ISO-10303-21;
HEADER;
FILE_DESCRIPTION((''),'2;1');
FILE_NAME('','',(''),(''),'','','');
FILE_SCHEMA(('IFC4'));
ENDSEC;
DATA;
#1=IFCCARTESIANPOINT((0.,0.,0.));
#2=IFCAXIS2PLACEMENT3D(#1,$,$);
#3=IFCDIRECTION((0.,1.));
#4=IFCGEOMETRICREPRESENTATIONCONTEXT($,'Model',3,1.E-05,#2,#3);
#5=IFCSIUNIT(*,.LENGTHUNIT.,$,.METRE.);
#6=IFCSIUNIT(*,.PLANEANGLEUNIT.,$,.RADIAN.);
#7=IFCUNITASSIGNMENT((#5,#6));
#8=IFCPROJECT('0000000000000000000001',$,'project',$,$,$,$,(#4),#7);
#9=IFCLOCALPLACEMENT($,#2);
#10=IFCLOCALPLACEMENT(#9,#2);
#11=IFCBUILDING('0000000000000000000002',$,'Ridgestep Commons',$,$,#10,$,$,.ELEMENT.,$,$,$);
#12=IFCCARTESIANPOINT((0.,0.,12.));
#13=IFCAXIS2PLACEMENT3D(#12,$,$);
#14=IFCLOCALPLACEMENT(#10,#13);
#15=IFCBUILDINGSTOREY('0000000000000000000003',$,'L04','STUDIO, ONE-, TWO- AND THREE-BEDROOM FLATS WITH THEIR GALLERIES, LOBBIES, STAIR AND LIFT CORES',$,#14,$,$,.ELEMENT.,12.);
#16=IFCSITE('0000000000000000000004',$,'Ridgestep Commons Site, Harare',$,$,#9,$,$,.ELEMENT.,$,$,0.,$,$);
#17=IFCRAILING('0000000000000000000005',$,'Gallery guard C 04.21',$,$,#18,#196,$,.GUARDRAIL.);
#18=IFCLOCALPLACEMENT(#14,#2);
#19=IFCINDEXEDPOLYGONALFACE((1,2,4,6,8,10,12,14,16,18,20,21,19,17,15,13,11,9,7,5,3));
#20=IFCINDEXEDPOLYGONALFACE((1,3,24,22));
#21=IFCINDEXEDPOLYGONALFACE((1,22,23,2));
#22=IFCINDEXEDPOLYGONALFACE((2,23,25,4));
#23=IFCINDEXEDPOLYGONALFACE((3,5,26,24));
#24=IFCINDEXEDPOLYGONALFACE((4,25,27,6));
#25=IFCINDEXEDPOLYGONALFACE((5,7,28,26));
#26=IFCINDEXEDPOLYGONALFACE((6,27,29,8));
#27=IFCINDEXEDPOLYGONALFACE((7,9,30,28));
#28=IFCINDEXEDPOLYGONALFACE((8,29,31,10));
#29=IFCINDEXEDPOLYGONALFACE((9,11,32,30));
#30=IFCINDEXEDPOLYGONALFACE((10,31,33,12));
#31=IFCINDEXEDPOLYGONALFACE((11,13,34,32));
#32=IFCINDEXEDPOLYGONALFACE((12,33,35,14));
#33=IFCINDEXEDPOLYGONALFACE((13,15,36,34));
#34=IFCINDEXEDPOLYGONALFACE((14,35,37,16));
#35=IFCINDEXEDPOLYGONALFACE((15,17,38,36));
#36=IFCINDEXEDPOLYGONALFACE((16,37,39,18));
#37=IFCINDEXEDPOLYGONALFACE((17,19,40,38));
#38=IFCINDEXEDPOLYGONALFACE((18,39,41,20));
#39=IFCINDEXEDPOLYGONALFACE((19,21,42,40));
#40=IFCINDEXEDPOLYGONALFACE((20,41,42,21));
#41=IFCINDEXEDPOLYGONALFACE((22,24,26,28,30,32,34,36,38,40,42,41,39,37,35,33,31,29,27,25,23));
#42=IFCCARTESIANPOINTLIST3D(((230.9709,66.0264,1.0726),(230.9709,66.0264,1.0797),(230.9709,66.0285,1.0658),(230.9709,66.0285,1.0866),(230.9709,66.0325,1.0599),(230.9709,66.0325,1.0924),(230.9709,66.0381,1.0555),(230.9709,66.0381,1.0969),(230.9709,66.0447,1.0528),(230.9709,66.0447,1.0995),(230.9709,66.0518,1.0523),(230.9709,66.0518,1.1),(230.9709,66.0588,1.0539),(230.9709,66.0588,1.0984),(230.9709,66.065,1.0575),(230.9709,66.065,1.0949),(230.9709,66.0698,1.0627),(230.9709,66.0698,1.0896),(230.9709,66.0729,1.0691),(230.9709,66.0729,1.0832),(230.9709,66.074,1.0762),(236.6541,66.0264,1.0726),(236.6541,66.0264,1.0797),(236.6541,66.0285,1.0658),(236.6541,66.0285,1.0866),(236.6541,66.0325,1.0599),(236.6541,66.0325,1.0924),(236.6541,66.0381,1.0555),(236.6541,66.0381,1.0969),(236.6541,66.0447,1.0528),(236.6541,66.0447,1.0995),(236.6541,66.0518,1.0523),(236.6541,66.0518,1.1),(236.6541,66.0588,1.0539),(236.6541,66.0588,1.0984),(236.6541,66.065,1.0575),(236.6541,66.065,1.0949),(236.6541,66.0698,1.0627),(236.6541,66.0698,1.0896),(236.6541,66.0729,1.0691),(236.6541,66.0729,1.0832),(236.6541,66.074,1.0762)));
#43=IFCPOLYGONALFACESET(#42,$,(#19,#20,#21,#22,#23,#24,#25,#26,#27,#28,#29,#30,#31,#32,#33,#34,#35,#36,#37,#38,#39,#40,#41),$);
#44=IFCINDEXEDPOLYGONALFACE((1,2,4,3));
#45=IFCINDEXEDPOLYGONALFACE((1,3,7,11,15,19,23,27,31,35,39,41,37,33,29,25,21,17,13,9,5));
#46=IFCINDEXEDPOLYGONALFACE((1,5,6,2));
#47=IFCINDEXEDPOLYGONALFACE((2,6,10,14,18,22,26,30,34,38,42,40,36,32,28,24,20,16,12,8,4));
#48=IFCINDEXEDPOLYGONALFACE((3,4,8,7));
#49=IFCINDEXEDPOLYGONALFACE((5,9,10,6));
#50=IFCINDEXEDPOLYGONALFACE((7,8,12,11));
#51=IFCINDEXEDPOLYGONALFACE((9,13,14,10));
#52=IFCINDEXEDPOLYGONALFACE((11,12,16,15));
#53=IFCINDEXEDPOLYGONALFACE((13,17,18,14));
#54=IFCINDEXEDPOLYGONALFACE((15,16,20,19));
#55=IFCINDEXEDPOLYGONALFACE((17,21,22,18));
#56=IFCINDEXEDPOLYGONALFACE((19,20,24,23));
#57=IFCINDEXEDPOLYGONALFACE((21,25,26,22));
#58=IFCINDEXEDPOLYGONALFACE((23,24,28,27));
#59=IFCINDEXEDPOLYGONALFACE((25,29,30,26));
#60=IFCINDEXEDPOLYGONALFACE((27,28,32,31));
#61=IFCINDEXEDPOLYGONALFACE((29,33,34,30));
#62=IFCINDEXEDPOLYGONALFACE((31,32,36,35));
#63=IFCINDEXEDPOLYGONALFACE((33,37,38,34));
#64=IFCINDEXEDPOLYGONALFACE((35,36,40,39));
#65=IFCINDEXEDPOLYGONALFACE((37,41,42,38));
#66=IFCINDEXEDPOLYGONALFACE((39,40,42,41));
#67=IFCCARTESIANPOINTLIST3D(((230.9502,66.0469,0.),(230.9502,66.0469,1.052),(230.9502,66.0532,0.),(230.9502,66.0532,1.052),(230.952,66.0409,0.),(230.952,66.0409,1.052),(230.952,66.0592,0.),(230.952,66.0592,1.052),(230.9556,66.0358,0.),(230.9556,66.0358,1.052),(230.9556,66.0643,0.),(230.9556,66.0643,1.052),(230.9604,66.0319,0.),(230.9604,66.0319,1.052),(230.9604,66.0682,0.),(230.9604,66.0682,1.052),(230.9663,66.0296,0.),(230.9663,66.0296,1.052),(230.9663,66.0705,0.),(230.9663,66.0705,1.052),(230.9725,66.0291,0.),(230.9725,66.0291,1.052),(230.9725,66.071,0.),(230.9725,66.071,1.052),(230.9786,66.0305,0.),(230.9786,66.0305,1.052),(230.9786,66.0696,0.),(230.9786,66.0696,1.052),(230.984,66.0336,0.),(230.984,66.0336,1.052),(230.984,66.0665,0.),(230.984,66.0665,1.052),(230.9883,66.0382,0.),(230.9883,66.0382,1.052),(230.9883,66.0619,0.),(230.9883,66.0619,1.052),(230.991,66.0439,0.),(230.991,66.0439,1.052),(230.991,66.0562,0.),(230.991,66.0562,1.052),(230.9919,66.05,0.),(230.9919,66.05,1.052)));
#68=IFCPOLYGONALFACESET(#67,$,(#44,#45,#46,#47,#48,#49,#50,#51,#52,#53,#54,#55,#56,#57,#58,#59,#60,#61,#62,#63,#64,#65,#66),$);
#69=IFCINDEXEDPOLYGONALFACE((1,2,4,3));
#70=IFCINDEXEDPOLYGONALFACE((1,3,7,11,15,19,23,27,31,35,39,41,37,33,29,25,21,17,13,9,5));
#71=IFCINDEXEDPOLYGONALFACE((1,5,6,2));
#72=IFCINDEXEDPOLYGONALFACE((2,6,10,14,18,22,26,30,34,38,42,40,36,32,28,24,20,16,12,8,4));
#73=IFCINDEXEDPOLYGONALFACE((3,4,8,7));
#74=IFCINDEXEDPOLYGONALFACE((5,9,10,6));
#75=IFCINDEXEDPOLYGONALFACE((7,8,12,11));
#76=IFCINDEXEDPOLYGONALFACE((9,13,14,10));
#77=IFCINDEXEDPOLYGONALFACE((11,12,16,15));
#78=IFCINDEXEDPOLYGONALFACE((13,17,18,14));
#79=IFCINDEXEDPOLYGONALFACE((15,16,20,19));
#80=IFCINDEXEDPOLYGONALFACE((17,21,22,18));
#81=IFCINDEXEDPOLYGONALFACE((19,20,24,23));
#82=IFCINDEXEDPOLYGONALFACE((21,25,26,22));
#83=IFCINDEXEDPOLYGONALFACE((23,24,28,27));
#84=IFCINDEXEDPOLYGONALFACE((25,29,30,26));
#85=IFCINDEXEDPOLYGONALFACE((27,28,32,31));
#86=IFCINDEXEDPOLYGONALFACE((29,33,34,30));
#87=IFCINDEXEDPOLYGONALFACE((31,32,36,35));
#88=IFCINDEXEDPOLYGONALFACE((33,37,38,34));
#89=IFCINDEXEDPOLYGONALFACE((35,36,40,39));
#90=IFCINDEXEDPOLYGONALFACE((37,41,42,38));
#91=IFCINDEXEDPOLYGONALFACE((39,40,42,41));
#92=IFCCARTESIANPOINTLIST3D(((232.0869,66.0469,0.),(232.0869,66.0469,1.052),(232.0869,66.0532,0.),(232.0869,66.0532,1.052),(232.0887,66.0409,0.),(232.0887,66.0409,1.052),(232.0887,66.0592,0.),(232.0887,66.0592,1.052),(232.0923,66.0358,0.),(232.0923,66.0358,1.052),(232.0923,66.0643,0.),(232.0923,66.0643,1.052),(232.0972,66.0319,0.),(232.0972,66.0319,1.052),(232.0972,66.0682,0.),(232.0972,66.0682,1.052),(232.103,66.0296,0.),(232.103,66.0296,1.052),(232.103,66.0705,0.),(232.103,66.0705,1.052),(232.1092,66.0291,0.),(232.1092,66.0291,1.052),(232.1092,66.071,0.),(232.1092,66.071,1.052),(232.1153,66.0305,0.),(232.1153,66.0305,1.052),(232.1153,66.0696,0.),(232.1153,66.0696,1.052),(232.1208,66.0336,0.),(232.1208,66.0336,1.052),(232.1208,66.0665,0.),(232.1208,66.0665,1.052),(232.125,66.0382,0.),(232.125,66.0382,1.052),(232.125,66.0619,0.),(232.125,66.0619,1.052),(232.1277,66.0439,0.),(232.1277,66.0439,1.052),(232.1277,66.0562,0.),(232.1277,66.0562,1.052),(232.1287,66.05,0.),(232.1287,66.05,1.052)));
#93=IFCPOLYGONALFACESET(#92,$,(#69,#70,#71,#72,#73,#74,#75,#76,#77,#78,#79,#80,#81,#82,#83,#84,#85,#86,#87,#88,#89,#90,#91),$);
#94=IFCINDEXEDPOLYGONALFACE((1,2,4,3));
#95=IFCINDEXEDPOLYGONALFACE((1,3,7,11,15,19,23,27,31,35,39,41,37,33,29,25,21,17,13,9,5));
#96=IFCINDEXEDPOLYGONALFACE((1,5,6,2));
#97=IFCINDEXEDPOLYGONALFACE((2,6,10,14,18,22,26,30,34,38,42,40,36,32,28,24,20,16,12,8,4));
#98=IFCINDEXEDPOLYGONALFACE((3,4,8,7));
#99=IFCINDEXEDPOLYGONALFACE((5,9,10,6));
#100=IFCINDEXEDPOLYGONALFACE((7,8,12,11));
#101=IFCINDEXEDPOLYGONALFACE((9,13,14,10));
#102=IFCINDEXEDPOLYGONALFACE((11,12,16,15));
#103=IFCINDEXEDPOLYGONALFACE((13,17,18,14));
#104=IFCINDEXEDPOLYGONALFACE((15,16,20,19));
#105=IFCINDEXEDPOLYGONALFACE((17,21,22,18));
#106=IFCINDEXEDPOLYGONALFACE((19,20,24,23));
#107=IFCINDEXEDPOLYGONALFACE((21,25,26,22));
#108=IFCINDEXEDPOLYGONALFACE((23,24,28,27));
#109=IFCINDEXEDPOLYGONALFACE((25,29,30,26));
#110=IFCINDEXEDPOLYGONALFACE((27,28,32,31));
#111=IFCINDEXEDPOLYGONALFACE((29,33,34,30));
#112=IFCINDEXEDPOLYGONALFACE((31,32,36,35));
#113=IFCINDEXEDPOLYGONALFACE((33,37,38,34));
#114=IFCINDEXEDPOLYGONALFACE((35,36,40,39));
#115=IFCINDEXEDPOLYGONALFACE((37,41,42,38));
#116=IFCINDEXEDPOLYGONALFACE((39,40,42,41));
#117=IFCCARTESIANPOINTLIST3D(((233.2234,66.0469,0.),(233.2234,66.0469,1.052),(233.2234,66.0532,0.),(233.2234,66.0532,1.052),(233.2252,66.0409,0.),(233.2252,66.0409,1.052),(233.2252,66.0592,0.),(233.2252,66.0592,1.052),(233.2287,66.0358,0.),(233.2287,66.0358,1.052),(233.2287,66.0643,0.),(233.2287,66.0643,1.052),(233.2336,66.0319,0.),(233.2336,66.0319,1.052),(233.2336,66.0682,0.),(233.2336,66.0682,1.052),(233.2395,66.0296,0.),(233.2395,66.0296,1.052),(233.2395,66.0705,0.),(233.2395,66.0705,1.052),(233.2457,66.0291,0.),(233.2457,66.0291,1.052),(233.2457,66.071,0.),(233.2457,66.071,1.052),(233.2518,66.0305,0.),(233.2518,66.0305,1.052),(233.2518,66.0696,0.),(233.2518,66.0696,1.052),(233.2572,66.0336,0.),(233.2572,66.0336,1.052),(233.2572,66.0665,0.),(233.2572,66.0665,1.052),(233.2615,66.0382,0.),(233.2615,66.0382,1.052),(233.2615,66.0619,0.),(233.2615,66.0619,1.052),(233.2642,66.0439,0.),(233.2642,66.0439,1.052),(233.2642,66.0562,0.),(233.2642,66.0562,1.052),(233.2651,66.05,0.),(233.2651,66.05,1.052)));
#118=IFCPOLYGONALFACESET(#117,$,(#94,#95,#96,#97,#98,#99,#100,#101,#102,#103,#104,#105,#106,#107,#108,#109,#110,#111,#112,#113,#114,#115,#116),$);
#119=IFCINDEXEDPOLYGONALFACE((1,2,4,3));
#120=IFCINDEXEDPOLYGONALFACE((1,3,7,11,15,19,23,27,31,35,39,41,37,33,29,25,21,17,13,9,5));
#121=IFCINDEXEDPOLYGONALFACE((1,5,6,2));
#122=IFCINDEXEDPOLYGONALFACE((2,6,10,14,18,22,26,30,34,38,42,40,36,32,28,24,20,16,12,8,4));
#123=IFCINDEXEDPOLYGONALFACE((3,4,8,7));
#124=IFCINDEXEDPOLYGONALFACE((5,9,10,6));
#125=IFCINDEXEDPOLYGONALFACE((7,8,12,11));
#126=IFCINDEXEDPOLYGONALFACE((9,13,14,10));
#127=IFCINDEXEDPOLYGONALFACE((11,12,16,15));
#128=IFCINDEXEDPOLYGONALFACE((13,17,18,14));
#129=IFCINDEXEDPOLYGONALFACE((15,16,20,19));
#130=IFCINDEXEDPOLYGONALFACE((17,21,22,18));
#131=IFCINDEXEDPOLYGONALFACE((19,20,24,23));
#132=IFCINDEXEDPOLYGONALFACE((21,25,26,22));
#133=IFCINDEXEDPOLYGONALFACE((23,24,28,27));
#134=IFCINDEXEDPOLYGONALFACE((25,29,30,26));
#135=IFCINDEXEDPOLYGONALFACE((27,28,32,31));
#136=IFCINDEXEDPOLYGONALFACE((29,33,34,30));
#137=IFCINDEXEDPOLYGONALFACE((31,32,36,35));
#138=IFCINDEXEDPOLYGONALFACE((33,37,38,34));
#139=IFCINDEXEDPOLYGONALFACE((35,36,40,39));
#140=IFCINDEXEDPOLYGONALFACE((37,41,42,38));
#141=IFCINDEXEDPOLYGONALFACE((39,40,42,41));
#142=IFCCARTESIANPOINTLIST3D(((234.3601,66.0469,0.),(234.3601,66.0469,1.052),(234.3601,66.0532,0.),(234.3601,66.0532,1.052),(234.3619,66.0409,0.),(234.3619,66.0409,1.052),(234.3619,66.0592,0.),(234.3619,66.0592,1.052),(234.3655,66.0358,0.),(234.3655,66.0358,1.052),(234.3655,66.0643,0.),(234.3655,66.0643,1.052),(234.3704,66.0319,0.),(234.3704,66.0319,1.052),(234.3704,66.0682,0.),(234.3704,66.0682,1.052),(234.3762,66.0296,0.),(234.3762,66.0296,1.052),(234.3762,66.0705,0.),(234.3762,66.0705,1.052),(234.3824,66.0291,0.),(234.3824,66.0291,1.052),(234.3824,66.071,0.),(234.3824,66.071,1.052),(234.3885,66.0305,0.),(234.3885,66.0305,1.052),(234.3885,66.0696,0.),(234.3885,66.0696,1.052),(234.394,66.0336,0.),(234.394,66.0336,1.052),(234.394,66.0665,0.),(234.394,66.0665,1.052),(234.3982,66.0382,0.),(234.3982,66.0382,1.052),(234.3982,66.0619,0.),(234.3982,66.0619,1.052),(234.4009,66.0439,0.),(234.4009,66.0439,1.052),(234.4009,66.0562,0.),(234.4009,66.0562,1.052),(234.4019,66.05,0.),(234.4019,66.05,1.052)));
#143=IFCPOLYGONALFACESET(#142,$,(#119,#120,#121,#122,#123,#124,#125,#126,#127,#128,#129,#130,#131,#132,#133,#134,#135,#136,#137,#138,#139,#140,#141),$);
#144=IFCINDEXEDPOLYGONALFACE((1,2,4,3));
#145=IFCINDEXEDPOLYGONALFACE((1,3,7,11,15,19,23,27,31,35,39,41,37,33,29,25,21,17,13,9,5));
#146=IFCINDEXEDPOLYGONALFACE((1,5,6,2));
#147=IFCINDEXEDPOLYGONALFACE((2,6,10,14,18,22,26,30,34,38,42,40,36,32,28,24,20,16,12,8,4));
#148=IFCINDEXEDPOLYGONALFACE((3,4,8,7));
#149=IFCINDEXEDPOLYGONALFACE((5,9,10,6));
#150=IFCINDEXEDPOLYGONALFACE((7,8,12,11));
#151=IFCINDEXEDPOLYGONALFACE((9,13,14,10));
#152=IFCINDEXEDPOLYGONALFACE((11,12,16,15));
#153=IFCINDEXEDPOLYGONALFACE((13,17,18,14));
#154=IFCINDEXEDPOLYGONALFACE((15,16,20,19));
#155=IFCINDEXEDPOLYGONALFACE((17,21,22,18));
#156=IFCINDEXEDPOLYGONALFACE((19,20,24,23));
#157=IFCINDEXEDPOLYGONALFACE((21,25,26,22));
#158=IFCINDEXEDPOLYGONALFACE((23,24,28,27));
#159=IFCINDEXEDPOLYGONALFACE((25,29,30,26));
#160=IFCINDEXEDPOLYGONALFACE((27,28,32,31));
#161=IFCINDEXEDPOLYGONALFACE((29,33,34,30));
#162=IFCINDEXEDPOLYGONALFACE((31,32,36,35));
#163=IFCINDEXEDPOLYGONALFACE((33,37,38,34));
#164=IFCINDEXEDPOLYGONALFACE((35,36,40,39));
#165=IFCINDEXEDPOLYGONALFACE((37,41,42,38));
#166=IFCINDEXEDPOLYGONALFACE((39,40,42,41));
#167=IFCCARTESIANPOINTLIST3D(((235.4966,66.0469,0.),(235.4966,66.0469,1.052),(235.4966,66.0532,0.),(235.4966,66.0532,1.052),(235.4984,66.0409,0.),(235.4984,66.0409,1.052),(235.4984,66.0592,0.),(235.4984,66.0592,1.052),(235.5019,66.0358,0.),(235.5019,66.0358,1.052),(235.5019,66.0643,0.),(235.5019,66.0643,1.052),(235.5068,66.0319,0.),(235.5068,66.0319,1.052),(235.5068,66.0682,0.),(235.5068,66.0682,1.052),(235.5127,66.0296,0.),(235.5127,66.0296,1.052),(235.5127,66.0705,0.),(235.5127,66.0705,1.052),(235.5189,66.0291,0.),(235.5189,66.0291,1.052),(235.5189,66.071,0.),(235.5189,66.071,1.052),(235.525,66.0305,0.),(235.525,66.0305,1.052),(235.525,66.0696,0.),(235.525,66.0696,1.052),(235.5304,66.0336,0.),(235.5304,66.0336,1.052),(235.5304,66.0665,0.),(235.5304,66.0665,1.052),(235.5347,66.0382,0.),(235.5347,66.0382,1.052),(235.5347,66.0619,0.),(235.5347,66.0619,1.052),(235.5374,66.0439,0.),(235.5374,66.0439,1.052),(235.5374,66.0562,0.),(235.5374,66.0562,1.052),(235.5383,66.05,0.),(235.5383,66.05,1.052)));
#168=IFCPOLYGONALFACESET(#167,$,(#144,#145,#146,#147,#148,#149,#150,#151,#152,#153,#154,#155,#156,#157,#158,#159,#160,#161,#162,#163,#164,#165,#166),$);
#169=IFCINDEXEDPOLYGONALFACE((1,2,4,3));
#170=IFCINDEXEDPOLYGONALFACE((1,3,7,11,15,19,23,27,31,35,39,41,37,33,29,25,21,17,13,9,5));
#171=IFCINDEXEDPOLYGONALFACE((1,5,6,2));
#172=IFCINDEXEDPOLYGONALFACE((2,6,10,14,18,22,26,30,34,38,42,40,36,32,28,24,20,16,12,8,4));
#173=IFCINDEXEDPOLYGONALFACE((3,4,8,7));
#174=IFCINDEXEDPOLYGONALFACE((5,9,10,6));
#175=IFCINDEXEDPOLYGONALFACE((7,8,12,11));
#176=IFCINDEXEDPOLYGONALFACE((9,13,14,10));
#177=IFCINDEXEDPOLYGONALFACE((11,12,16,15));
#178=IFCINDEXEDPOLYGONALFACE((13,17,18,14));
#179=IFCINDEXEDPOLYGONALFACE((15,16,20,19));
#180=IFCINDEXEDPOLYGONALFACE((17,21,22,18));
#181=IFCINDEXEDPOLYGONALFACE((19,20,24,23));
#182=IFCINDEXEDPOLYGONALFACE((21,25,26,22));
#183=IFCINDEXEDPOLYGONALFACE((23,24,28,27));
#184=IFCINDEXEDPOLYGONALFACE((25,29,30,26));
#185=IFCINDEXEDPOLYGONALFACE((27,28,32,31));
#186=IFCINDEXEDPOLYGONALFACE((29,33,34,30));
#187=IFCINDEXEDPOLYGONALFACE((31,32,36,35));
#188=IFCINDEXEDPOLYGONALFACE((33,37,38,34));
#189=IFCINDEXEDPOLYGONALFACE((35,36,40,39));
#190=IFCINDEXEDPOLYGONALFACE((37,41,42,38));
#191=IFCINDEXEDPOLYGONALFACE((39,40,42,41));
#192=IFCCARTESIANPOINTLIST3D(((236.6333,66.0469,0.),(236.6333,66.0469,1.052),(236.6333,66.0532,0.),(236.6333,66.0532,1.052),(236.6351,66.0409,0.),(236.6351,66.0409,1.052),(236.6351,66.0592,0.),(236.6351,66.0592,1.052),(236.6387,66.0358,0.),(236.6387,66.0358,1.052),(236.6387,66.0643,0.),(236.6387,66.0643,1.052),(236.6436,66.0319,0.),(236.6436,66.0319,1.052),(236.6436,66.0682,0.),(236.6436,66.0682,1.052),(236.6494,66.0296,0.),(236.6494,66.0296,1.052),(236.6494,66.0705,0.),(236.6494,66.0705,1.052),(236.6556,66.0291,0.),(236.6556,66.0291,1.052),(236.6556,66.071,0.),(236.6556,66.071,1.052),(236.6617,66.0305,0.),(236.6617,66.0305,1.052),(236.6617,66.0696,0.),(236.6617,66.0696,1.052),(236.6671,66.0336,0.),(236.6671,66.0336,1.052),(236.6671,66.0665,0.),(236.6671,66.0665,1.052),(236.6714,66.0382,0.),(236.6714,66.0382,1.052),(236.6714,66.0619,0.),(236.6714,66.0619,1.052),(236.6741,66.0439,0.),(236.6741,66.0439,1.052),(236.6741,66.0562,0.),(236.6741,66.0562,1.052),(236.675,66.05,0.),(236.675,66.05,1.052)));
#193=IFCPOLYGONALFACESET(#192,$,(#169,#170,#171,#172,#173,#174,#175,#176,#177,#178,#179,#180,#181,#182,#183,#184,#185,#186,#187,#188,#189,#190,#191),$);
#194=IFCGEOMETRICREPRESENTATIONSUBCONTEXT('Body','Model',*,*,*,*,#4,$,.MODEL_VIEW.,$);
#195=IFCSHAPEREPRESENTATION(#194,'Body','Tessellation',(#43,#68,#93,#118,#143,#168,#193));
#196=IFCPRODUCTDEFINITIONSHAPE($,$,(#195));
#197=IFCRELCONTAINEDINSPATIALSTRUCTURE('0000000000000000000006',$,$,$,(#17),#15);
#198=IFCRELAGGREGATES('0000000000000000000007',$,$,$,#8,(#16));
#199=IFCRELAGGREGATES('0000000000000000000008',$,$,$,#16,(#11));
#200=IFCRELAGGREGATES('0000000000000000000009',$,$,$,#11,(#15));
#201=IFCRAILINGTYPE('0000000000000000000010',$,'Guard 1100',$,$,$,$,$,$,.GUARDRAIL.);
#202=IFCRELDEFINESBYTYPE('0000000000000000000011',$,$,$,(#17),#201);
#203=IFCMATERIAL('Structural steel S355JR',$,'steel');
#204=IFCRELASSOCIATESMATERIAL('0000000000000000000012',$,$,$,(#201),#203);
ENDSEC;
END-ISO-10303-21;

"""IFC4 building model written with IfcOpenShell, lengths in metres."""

from ifc_helpers import new_model, si_unit, direction, frame, origin, origin_2d, place, context, subcontext, project, spatial, circle, extrude, material, type_object, element, save


model = new_model("IFC4")

# Units and contexts
model_context = context("Model", 3, precision=1e-05, world=origin(), true_north=direction((0.0, 1.0)))
body_context = subcontext(model_context, "Body", "Model", "MODEL_VIEW")
ifc_project = project(units=[si_unit("LENGTHUNIT", "METRE"), si_unit("PLANEANGLEUNIT", "RADIAN")], contexts=[model_context])

# Site, building, storey
site_placement = place(None, origin())
site = spatial("IfcSite", under=ifc_project, at=site_placement, Name="Ridgestep Commons Site, Harare", CompositionType="ELEMENT", RefElevation=0.0)
building_placement = place(site_placement, origin())
building = spatial("IfcBuilding", under=site, at=building_placement, Name="Ridgestep Commons", CompositionType="ELEMENT")
storey_placement = place(building_placement, frame((0.0, 0.0, 12.0)))
storey = spatial("IfcBuildingStorey", under=building, at=storey_placement, Name="L04", Description="STUDIO, ONE-, TWO- AND THREE-BEDROOM FLATS WITH THEIR GALLERIES, LOBBIES, STAIR AND LIFT CORES", CompositionType="ELEMENT", Elevation=12.0)

# Railing
ifc_material_1 = material(Name="Structural steel S355JR", Category="steel")
railing_type_1 = type_object("IfcRailingType", Name="Guard 1100", PredefinedType="GUARDRAIL", material=ifc_material_1)
railing_1_placement = place(storey_placement, frame((230.9709, 66.05, 0.0)))
element("IfcRailing", 1, at=railing_1_placement, inside=storey, type_object=railing_type_1, Name="Gallery guard C 04.21", PredefinedType="GUARDRAIL", context=body_context, shape_type="SweptSolid", body=[
    extrude(circle(Radius=0.0239, at=origin_2d()), frame((0.0, 0.0, 1.0762), z_axis=(1.0, 0.0, 0.0), x_axis=(0.0, 1.0, 0.0)), (0.0, 0.0, 1.0), 5.6831),
    extrude(circle(Radius=0.021, at=origin_2d()), origin(), (0.0, 0.0, 1.0), 1.052),
    extrude(circle(Radius=0.021, at=origin_2d()), frame((1.1367, 0.0, 0.0)), (0.0, 0.0, 1.0), 1.052),
    extrude(circle(Radius=0.021, at=origin_2d()), frame((2.2732, 0.0, 0.0)), (0.0, 0.0, 1.0), 1.052),
    extrude(circle(Radius=0.021, at=origin_2d()), frame((3.4099, 0.0, 0.0)), (0.0, 0.0, 1.0), 1.052),
    extrude(circle(Radius=0.021, at=origin_2d()), frame((4.5464, 0.0, 0.0)), (0.0, 0.0, 1.0), 1.052),
    extrude(circle(Radius=0.021, at=origin_2d()), frame((5.6831, 0.0, 0.0)), (0.0, 0.0, 1.0), 1.052),
])

save(model, "model.ifc")
